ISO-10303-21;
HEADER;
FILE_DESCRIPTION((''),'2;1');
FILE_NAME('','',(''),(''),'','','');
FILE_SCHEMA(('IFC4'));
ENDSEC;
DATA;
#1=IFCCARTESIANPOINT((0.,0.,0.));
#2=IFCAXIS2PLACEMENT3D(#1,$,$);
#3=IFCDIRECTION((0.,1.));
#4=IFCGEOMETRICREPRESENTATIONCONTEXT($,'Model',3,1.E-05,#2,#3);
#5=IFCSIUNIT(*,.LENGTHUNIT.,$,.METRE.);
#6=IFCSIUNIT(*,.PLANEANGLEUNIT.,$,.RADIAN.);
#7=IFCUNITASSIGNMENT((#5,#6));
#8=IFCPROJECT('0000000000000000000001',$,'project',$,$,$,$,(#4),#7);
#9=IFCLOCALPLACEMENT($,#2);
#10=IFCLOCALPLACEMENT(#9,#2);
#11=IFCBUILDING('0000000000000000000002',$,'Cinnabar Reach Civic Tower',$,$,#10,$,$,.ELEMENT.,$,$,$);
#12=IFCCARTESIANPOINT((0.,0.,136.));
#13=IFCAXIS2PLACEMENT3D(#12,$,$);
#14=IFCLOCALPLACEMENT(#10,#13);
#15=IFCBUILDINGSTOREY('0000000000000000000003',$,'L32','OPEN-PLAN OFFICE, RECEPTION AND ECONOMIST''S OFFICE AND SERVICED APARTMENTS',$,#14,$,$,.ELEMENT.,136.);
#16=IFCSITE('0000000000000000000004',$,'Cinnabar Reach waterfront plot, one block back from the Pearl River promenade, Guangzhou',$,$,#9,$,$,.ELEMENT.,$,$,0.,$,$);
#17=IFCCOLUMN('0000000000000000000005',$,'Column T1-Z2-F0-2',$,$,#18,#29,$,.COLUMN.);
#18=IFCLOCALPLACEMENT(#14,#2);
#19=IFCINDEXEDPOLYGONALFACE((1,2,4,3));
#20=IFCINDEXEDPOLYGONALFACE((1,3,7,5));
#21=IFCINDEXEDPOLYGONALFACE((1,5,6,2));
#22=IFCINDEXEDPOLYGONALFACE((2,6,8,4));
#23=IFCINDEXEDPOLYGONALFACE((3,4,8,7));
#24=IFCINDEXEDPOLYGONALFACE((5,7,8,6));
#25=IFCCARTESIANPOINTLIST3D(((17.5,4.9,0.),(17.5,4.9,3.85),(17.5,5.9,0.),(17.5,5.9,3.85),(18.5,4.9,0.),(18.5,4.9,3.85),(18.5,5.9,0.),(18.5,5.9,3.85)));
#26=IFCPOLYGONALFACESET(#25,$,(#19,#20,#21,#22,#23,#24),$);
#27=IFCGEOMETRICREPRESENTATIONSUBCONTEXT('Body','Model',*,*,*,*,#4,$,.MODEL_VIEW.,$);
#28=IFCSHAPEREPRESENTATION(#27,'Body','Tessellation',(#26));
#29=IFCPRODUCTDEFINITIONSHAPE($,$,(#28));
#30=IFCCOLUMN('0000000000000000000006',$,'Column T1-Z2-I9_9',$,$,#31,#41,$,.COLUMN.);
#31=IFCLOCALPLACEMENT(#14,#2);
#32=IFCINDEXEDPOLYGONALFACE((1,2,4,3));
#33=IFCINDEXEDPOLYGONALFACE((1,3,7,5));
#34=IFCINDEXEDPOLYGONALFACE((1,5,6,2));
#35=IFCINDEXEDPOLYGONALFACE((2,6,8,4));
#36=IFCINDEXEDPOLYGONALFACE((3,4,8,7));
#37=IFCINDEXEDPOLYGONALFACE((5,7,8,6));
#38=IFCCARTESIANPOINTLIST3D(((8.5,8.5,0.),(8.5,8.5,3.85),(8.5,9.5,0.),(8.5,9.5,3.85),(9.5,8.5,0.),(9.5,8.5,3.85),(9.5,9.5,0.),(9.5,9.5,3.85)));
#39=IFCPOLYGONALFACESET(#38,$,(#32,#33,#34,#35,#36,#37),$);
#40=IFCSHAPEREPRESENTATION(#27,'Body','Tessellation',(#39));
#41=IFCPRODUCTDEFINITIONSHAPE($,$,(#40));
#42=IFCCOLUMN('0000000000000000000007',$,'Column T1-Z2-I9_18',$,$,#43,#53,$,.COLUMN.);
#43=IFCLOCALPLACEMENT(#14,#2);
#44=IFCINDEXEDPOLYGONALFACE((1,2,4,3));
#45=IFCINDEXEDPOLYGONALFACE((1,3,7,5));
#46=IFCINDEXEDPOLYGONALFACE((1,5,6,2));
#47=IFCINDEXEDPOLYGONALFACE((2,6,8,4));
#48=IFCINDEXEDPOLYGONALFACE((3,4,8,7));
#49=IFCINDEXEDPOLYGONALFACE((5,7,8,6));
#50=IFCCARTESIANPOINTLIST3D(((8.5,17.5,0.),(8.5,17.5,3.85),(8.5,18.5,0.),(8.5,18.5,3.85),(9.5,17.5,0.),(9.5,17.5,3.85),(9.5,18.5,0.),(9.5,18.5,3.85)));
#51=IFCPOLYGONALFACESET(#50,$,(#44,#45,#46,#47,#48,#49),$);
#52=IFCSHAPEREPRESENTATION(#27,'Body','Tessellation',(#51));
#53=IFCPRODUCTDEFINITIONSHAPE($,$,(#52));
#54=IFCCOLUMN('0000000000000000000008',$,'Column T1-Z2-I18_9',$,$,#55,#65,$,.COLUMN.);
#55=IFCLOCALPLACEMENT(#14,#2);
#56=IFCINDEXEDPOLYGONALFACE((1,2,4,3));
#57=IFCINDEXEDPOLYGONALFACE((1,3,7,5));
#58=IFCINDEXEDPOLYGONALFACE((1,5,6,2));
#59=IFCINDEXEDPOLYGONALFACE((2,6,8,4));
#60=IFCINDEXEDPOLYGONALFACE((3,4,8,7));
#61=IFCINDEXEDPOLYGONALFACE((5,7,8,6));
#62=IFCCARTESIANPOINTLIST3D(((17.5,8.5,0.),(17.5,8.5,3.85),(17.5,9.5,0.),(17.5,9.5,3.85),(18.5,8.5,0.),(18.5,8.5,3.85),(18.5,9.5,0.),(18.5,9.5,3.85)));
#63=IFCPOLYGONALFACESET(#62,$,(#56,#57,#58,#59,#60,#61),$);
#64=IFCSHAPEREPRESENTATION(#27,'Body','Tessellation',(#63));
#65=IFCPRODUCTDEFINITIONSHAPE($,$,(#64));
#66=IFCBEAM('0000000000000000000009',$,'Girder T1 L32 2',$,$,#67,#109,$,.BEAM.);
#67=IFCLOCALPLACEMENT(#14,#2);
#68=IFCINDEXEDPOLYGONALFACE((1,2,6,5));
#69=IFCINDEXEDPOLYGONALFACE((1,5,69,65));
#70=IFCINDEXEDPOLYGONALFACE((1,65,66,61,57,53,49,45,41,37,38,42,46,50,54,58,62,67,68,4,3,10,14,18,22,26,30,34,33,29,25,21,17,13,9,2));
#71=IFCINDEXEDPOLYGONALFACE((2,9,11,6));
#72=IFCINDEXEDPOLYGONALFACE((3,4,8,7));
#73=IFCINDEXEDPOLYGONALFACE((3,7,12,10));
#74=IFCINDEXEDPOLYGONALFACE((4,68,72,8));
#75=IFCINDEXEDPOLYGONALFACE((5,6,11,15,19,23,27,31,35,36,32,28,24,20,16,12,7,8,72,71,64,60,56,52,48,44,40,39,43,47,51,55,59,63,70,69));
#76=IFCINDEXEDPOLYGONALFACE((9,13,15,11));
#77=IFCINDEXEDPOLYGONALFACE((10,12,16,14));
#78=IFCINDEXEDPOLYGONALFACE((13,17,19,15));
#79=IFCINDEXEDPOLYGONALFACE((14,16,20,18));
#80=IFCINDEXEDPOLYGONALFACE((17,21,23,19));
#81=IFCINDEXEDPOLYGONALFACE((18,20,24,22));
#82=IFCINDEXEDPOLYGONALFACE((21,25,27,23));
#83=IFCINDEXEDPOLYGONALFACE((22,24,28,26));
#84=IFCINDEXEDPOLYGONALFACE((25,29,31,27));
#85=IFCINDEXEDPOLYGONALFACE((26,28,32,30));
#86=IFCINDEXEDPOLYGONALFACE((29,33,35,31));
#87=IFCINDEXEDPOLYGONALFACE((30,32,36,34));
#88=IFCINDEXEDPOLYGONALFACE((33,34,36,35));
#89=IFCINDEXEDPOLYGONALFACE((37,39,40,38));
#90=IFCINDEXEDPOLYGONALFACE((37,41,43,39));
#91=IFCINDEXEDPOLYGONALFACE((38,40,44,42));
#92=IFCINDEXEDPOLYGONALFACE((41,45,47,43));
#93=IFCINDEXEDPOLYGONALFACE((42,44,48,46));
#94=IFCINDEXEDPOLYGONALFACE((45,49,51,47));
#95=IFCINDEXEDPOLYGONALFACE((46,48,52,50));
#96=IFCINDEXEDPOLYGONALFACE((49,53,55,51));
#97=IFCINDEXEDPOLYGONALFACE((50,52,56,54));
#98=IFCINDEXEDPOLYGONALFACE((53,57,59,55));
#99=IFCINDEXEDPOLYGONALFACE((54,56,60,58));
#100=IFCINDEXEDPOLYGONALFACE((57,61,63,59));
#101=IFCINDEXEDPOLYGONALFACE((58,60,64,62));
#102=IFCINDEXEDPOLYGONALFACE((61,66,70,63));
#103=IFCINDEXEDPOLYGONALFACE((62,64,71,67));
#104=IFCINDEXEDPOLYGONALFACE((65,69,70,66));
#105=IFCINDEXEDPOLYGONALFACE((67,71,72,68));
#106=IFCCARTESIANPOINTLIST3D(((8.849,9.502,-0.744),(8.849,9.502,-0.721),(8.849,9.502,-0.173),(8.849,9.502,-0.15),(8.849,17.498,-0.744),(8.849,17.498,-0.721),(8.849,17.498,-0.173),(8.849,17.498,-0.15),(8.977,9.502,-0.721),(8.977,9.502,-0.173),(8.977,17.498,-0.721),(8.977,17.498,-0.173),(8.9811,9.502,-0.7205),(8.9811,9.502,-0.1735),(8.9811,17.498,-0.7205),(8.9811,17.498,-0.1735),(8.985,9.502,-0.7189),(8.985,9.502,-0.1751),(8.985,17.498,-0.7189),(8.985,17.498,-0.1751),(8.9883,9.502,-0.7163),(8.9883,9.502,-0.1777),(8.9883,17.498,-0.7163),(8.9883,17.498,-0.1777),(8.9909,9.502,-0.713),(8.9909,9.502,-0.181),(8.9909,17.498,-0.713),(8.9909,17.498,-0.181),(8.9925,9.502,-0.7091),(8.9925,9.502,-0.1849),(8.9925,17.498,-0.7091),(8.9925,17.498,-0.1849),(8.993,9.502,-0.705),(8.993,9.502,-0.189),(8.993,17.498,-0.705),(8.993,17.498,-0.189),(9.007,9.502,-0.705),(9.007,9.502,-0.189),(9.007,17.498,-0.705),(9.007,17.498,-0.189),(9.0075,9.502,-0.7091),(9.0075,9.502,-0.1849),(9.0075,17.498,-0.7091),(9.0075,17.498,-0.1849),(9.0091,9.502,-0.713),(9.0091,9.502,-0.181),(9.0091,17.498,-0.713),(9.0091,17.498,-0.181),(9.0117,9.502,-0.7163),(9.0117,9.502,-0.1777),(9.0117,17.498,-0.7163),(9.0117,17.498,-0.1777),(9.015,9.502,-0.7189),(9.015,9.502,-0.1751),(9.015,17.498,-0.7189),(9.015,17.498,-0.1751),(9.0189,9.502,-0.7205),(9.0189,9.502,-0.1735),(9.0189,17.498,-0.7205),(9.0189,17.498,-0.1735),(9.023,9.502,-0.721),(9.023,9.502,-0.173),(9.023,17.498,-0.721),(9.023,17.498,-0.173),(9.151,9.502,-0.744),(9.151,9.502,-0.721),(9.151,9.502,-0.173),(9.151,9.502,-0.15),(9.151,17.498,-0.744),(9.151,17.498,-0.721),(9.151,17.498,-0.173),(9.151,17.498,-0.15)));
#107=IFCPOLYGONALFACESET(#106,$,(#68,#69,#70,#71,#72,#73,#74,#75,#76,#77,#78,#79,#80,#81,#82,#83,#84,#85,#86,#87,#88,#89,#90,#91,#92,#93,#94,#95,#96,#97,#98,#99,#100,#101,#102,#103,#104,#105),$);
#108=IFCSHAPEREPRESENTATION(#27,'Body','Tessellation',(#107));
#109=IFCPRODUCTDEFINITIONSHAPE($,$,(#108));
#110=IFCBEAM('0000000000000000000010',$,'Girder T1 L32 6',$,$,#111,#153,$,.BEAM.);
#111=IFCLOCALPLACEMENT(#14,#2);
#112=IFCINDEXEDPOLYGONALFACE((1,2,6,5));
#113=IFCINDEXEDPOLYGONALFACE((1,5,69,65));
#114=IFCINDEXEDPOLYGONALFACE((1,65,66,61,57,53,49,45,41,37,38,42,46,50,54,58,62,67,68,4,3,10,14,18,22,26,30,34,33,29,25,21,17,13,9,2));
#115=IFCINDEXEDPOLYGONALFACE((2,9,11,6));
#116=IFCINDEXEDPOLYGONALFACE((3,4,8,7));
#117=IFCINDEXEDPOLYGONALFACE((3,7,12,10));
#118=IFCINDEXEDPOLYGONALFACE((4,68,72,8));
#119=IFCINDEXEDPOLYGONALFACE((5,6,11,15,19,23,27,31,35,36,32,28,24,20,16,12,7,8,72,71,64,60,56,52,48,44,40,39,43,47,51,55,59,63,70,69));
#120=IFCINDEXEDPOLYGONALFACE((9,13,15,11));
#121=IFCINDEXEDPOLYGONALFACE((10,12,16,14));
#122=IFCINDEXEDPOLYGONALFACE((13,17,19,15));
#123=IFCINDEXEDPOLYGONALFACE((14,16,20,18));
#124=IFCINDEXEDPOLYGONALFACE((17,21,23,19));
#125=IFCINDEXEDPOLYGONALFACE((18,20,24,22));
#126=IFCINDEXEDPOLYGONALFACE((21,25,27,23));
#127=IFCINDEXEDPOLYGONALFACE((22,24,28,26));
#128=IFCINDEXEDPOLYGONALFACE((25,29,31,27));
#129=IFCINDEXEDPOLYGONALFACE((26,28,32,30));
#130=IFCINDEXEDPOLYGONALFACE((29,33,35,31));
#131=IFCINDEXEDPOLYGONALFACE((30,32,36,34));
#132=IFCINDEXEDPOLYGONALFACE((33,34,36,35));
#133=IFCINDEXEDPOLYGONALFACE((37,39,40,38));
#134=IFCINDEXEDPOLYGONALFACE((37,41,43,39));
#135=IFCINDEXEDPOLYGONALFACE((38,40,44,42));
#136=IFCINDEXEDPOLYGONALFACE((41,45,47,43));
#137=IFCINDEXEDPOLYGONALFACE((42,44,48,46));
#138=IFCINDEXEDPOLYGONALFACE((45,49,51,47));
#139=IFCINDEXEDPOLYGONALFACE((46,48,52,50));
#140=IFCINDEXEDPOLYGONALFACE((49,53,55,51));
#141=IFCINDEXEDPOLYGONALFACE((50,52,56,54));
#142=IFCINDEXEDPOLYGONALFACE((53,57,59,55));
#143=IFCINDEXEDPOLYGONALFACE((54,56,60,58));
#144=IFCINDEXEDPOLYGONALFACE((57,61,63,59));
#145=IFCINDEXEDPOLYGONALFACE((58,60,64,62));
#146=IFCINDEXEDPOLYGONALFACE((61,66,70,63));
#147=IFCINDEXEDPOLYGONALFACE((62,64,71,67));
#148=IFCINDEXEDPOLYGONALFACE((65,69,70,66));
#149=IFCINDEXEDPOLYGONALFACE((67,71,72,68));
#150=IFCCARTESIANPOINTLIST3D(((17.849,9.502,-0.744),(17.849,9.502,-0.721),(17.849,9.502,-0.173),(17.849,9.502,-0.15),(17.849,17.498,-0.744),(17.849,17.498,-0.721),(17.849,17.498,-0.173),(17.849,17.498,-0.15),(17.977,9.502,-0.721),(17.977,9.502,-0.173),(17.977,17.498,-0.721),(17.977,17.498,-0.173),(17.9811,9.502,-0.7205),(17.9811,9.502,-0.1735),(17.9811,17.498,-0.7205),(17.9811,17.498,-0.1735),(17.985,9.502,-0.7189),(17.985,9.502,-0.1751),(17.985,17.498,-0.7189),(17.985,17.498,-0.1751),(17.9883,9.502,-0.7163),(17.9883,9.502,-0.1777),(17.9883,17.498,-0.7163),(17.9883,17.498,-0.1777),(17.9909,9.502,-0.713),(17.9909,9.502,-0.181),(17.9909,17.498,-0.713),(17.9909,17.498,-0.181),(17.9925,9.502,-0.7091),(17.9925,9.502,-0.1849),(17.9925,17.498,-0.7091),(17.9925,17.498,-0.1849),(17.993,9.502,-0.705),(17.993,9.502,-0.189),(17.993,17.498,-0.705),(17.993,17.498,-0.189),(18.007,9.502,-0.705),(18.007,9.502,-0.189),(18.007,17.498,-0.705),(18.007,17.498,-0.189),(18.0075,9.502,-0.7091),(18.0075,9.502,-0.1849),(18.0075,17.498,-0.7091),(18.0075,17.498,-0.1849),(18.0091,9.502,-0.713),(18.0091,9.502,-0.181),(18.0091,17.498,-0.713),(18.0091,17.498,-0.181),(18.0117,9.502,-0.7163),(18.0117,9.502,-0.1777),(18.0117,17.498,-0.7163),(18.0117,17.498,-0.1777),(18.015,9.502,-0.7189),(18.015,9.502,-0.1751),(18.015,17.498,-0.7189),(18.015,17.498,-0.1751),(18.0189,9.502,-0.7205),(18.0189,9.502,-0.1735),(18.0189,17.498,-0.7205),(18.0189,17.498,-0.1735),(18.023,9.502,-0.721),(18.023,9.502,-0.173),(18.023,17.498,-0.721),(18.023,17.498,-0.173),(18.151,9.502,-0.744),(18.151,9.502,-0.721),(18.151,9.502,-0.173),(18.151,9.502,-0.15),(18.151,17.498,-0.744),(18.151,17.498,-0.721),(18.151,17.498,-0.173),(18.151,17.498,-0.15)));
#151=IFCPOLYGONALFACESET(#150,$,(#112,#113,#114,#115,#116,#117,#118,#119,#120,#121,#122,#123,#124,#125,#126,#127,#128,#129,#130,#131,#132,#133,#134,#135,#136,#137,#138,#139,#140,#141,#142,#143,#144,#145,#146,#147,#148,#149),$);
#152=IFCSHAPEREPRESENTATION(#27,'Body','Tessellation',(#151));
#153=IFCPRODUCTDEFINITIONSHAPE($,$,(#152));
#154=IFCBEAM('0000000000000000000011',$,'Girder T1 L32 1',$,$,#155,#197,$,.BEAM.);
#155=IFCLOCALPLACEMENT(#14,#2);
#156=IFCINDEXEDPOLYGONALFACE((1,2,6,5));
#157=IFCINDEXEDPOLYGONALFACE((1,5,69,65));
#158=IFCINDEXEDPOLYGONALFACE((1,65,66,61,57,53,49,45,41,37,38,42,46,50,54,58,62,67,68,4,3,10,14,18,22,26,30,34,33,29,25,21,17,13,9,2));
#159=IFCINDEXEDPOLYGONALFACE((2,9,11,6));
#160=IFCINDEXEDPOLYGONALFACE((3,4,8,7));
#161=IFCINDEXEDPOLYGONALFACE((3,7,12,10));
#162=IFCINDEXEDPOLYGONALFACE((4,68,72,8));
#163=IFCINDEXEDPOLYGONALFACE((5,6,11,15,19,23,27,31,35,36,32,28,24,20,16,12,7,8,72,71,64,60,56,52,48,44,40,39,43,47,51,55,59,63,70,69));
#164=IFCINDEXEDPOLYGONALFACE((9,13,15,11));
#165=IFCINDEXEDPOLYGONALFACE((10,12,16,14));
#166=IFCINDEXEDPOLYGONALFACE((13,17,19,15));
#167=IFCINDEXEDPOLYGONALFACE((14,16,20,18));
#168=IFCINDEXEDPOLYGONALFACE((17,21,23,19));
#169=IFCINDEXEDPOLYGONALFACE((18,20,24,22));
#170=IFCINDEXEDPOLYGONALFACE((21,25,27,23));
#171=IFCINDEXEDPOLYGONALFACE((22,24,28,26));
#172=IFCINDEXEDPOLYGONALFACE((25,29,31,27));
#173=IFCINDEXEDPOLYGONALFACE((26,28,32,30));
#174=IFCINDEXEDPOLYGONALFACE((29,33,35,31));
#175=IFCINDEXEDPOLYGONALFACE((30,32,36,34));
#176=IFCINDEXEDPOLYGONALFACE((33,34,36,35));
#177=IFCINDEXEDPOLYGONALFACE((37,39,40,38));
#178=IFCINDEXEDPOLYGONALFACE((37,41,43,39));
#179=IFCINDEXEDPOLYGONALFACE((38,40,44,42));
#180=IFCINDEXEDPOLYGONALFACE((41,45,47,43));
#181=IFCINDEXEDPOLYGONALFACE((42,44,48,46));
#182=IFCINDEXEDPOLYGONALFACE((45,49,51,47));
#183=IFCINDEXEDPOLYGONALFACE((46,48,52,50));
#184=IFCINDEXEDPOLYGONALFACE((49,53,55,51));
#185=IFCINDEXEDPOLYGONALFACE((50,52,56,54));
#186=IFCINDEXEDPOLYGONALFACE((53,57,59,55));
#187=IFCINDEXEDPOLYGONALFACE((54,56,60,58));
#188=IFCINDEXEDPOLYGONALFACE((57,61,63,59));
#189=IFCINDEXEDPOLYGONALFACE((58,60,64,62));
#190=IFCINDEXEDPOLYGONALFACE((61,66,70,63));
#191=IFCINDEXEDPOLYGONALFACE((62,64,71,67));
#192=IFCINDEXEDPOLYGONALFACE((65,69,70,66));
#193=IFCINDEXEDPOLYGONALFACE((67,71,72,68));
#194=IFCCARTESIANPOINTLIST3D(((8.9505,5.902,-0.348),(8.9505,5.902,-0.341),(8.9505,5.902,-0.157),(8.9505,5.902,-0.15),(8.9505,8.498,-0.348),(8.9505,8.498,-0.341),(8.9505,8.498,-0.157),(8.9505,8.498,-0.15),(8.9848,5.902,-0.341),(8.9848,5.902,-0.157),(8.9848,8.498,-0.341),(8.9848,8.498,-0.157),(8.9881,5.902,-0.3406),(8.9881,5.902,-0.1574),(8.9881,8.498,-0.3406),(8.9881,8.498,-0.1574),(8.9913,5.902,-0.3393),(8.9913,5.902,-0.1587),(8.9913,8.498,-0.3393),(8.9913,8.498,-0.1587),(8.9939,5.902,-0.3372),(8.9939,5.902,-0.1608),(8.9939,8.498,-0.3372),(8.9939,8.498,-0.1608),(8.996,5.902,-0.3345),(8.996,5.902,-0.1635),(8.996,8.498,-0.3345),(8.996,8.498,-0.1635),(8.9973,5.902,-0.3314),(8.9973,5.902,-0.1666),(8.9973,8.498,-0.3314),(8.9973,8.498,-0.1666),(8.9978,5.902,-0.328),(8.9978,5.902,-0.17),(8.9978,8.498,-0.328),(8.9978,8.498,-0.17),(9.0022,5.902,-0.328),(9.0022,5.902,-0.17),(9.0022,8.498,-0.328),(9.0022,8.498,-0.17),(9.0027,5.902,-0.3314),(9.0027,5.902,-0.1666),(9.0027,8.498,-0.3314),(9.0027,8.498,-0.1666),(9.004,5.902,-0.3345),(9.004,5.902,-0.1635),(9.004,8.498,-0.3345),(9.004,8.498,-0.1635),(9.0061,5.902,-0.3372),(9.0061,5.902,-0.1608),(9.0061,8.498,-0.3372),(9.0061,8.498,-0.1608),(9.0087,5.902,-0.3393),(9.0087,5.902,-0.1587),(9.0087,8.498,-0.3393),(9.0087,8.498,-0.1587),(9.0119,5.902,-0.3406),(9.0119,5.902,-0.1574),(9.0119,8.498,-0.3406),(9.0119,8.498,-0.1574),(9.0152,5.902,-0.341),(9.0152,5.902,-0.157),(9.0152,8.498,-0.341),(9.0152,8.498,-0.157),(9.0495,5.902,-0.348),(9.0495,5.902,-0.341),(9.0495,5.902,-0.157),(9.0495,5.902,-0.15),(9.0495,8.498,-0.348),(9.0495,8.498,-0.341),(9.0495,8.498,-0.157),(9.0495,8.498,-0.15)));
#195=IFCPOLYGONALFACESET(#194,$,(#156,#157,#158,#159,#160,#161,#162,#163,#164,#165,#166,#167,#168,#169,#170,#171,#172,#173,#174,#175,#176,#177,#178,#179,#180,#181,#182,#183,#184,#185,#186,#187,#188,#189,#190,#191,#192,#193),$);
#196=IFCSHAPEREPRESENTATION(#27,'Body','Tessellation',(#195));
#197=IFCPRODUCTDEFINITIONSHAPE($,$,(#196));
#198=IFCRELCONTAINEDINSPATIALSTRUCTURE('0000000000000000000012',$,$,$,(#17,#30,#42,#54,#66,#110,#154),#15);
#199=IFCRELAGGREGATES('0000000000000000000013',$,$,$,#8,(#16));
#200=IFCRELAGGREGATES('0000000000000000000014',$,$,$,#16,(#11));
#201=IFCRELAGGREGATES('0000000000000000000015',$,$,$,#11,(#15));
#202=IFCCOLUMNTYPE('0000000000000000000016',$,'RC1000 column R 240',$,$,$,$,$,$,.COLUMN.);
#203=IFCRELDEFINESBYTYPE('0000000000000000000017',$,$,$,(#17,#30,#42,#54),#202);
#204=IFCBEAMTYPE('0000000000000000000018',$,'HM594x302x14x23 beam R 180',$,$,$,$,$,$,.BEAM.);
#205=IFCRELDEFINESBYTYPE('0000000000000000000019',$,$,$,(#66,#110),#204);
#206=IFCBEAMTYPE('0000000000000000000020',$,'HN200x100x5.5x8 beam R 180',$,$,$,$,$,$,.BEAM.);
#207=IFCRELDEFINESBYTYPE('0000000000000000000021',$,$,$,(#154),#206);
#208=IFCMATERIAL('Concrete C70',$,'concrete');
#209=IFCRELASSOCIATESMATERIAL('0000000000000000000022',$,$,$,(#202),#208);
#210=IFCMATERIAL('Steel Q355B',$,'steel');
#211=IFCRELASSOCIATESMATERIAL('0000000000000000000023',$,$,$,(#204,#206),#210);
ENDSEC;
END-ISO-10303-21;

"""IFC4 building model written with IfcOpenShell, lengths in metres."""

from ifc_helpers import new_model, si_unit, direction, frame, origin, origin_2d, place, context, subcontext, project, spatial, rectangle, i_section, extrude, material, material_profile, profile_set, type_object, element, save


model = new_model("IFC4")

# Units and contexts
model_context = context("Model", 3, precision=1e-05, world=origin(), true_north=direction((0.0, 1.0)))
body_context = subcontext(model_context, "Body", "Model", "MODEL_VIEW")
ifc_project = project(units=[si_unit("LENGTHUNIT", "METRE"), si_unit("PLANEANGLEUNIT", "RADIAN")], contexts=[model_context])

# Site, building, storey
site_placement = place(None, origin())
site = spatial("IfcSite", under=ifc_project, at=site_placement, Name="Cinnabar Reach waterfront plot, one block back from the Pearl River promenade, Guangzhou", CompositionType="ELEMENT", RefElevation=0.0)
building_placement = place(site_placement, origin())
building = spatial("IfcBuilding", under=site, at=building_placement, Name="Cinnabar Reach Civic Tower", CompositionType="ELEMENT")
storey_placement = place(building_placement, frame((0.0, 0.0, 136.0)))
storey = spatial("IfcBuildingStorey", under=building, at=storey_placement, Name="L32", Description="OPEN-PLAN OFFICE, RECEPTION AND ECONOMIST'S OFFICE AND SERVICED APARTMENTS", CompositionType="ELEMENT", Elevation=136.0)

# Columns
ifc_material_1 = material(Name="Concrete C70", Category="concrete")
ifc_material_profile_1 = material_profile(ifc_material_1, rectangle(XDim=1.0, YDim=1.0, at=origin_2d()), Name="RC1000")
ifc_profile_set_1 = profile_set([ifc_material_profile_1], Name="Concrete C70")
column_type = type_object("IfcColumnType", Name="RC1000 column R 240", PredefinedType="COLUMN", material=ifc_profile_set_1)
for number, where, z_axis, x_axis, name in (
    (1, (18.0, 5.4, 0.0), (0.0, 0.0, 1.0), (1.0, 0.0, 0.0), "Column T1-Z2-F0-2"),
    (2, (9.0, 9.0, 0.0), (0.0, 0.0, 1.0), (1.0, 0.0, 0.0), "Column T1-Z2-I9_9"),
    (3, (9.0, 18.0, 0.0), (0.0, 0.0, 1.0), (1.0, 0.0, 0.0), "Column T1-Z2-I9_18"),
    (4, (18.0, 9.0, 0.0), (0.0, 0.0, 1.0), (1.0, 0.0, 0.0), "Column T1-Z2-I18_9"),
):
    element("IfcColumn", number, at=place(storey_placement, frame(where, z_axis=z_axis, x_axis=x_axis)), inside=storey, type_object=column_type, Name=name, PredefinedType="COLUMN", context=body_context, shape_type="SweptSolid", body=[
        extrude(rectangle(XDim=1.0, YDim=1.0, at=origin_2d()), origin(), (0.0, 0.0, 1.0), 3.85),
    ])

# Beams
ifc_material_2 = material(Name="Steel Q355B", Category="steel")
ifc_material_profile_2 = material_profile(ifc_material_2, i_section(OverallWidth=0.302, OverallDepth=0.594, WebThickness=0.014, FlangeThickness=0.023, FilletRadius=0.016, at=origin_2d()), Name="HM594x302x14x23")
ifc_profile_set_2 = profile_set([ifc_material_profile_2], Name="Steel Q355B")
beam_type_1 = type_object("IfcBeamType", Name="HM594x302x14x23 beam R 180", PredefinedType="BEAM", material=ifc_profile_set_2)
for number, where, z_axis, x_axis, name in (
    (5, (9.0, 9.502, -0.447), (0.0, 1.0, 0.0), (-1.0, 0.0, 0.0), "Girder T1 L32 2"),
    (6, (18.0, 9.502, -0.447), (0.0, 1.0, 0.0), (-1.0, 0.0, 0.0), "Girder T1 L32 6"),
):
    element("IfcBeam", number, at=place(storey_placement, frame(where, z_axis=z_axis, x_axis=x_axis)), inside=storey, type_object=beam_type_1, Name=name, PredefinedType="BEAM", context=body_context, shape_type="SweptSolid", body=[
        extrude(i_section(OverallWidth=0.302, OverallDepth=0.594, WebThickness=0.014, FlangeThickness=0.023, FilletRadius=0.016, at=origin_2d()), origin(), (0.0, 0.0, 1.0), 7.996),
    ])
ifc_material_profile_3 = material_profile(ifc_material_2, i_section(OverallWidth=0.099, OverallDepth=0.198, WebThickness=0.0045, FlangeThickness=0.007, FilletRadius=0.013, at=origin_2d()), Name="HN200x100x5.5x8")
ifc_profile_set_3 = profile_set([ifc_material_profile_3], Name="Steel Q355B")
beam_type_2 = type_object("IfcBeamType", Name="HN200x100x5.5x8 beam R 180", PredefinedType="BEAM", material=ifc_profile_set_3)
for number, where, z_axis, x_axis, name in (
    (7, (9.0, 5.902, -0.249), (0.0, 1.0, 0.0), (-1.0, 0.0, 0.0), "Girder T1 L32 1"),
):
    element("IfcBeam", number, at=place(storey_placement, frame(where, z_axis=z_axis, x_axis=x_axis)), inside=storey, type_object=beam_type_2, Name=name, PredefinedType="BEAM", context=body_context, shape_type="SweptSolid", body=[
        extrude(i_section(OverallWidth=0.099, OverallDepth=0.198, WebThickness=0.0045, FlangeThickness=0.007, FilletRadius=0.013, at=origin_2d()), origin(), (0.0, 0.0, 1.0), 2.596),
    ])

save(model, "model.ifc")
